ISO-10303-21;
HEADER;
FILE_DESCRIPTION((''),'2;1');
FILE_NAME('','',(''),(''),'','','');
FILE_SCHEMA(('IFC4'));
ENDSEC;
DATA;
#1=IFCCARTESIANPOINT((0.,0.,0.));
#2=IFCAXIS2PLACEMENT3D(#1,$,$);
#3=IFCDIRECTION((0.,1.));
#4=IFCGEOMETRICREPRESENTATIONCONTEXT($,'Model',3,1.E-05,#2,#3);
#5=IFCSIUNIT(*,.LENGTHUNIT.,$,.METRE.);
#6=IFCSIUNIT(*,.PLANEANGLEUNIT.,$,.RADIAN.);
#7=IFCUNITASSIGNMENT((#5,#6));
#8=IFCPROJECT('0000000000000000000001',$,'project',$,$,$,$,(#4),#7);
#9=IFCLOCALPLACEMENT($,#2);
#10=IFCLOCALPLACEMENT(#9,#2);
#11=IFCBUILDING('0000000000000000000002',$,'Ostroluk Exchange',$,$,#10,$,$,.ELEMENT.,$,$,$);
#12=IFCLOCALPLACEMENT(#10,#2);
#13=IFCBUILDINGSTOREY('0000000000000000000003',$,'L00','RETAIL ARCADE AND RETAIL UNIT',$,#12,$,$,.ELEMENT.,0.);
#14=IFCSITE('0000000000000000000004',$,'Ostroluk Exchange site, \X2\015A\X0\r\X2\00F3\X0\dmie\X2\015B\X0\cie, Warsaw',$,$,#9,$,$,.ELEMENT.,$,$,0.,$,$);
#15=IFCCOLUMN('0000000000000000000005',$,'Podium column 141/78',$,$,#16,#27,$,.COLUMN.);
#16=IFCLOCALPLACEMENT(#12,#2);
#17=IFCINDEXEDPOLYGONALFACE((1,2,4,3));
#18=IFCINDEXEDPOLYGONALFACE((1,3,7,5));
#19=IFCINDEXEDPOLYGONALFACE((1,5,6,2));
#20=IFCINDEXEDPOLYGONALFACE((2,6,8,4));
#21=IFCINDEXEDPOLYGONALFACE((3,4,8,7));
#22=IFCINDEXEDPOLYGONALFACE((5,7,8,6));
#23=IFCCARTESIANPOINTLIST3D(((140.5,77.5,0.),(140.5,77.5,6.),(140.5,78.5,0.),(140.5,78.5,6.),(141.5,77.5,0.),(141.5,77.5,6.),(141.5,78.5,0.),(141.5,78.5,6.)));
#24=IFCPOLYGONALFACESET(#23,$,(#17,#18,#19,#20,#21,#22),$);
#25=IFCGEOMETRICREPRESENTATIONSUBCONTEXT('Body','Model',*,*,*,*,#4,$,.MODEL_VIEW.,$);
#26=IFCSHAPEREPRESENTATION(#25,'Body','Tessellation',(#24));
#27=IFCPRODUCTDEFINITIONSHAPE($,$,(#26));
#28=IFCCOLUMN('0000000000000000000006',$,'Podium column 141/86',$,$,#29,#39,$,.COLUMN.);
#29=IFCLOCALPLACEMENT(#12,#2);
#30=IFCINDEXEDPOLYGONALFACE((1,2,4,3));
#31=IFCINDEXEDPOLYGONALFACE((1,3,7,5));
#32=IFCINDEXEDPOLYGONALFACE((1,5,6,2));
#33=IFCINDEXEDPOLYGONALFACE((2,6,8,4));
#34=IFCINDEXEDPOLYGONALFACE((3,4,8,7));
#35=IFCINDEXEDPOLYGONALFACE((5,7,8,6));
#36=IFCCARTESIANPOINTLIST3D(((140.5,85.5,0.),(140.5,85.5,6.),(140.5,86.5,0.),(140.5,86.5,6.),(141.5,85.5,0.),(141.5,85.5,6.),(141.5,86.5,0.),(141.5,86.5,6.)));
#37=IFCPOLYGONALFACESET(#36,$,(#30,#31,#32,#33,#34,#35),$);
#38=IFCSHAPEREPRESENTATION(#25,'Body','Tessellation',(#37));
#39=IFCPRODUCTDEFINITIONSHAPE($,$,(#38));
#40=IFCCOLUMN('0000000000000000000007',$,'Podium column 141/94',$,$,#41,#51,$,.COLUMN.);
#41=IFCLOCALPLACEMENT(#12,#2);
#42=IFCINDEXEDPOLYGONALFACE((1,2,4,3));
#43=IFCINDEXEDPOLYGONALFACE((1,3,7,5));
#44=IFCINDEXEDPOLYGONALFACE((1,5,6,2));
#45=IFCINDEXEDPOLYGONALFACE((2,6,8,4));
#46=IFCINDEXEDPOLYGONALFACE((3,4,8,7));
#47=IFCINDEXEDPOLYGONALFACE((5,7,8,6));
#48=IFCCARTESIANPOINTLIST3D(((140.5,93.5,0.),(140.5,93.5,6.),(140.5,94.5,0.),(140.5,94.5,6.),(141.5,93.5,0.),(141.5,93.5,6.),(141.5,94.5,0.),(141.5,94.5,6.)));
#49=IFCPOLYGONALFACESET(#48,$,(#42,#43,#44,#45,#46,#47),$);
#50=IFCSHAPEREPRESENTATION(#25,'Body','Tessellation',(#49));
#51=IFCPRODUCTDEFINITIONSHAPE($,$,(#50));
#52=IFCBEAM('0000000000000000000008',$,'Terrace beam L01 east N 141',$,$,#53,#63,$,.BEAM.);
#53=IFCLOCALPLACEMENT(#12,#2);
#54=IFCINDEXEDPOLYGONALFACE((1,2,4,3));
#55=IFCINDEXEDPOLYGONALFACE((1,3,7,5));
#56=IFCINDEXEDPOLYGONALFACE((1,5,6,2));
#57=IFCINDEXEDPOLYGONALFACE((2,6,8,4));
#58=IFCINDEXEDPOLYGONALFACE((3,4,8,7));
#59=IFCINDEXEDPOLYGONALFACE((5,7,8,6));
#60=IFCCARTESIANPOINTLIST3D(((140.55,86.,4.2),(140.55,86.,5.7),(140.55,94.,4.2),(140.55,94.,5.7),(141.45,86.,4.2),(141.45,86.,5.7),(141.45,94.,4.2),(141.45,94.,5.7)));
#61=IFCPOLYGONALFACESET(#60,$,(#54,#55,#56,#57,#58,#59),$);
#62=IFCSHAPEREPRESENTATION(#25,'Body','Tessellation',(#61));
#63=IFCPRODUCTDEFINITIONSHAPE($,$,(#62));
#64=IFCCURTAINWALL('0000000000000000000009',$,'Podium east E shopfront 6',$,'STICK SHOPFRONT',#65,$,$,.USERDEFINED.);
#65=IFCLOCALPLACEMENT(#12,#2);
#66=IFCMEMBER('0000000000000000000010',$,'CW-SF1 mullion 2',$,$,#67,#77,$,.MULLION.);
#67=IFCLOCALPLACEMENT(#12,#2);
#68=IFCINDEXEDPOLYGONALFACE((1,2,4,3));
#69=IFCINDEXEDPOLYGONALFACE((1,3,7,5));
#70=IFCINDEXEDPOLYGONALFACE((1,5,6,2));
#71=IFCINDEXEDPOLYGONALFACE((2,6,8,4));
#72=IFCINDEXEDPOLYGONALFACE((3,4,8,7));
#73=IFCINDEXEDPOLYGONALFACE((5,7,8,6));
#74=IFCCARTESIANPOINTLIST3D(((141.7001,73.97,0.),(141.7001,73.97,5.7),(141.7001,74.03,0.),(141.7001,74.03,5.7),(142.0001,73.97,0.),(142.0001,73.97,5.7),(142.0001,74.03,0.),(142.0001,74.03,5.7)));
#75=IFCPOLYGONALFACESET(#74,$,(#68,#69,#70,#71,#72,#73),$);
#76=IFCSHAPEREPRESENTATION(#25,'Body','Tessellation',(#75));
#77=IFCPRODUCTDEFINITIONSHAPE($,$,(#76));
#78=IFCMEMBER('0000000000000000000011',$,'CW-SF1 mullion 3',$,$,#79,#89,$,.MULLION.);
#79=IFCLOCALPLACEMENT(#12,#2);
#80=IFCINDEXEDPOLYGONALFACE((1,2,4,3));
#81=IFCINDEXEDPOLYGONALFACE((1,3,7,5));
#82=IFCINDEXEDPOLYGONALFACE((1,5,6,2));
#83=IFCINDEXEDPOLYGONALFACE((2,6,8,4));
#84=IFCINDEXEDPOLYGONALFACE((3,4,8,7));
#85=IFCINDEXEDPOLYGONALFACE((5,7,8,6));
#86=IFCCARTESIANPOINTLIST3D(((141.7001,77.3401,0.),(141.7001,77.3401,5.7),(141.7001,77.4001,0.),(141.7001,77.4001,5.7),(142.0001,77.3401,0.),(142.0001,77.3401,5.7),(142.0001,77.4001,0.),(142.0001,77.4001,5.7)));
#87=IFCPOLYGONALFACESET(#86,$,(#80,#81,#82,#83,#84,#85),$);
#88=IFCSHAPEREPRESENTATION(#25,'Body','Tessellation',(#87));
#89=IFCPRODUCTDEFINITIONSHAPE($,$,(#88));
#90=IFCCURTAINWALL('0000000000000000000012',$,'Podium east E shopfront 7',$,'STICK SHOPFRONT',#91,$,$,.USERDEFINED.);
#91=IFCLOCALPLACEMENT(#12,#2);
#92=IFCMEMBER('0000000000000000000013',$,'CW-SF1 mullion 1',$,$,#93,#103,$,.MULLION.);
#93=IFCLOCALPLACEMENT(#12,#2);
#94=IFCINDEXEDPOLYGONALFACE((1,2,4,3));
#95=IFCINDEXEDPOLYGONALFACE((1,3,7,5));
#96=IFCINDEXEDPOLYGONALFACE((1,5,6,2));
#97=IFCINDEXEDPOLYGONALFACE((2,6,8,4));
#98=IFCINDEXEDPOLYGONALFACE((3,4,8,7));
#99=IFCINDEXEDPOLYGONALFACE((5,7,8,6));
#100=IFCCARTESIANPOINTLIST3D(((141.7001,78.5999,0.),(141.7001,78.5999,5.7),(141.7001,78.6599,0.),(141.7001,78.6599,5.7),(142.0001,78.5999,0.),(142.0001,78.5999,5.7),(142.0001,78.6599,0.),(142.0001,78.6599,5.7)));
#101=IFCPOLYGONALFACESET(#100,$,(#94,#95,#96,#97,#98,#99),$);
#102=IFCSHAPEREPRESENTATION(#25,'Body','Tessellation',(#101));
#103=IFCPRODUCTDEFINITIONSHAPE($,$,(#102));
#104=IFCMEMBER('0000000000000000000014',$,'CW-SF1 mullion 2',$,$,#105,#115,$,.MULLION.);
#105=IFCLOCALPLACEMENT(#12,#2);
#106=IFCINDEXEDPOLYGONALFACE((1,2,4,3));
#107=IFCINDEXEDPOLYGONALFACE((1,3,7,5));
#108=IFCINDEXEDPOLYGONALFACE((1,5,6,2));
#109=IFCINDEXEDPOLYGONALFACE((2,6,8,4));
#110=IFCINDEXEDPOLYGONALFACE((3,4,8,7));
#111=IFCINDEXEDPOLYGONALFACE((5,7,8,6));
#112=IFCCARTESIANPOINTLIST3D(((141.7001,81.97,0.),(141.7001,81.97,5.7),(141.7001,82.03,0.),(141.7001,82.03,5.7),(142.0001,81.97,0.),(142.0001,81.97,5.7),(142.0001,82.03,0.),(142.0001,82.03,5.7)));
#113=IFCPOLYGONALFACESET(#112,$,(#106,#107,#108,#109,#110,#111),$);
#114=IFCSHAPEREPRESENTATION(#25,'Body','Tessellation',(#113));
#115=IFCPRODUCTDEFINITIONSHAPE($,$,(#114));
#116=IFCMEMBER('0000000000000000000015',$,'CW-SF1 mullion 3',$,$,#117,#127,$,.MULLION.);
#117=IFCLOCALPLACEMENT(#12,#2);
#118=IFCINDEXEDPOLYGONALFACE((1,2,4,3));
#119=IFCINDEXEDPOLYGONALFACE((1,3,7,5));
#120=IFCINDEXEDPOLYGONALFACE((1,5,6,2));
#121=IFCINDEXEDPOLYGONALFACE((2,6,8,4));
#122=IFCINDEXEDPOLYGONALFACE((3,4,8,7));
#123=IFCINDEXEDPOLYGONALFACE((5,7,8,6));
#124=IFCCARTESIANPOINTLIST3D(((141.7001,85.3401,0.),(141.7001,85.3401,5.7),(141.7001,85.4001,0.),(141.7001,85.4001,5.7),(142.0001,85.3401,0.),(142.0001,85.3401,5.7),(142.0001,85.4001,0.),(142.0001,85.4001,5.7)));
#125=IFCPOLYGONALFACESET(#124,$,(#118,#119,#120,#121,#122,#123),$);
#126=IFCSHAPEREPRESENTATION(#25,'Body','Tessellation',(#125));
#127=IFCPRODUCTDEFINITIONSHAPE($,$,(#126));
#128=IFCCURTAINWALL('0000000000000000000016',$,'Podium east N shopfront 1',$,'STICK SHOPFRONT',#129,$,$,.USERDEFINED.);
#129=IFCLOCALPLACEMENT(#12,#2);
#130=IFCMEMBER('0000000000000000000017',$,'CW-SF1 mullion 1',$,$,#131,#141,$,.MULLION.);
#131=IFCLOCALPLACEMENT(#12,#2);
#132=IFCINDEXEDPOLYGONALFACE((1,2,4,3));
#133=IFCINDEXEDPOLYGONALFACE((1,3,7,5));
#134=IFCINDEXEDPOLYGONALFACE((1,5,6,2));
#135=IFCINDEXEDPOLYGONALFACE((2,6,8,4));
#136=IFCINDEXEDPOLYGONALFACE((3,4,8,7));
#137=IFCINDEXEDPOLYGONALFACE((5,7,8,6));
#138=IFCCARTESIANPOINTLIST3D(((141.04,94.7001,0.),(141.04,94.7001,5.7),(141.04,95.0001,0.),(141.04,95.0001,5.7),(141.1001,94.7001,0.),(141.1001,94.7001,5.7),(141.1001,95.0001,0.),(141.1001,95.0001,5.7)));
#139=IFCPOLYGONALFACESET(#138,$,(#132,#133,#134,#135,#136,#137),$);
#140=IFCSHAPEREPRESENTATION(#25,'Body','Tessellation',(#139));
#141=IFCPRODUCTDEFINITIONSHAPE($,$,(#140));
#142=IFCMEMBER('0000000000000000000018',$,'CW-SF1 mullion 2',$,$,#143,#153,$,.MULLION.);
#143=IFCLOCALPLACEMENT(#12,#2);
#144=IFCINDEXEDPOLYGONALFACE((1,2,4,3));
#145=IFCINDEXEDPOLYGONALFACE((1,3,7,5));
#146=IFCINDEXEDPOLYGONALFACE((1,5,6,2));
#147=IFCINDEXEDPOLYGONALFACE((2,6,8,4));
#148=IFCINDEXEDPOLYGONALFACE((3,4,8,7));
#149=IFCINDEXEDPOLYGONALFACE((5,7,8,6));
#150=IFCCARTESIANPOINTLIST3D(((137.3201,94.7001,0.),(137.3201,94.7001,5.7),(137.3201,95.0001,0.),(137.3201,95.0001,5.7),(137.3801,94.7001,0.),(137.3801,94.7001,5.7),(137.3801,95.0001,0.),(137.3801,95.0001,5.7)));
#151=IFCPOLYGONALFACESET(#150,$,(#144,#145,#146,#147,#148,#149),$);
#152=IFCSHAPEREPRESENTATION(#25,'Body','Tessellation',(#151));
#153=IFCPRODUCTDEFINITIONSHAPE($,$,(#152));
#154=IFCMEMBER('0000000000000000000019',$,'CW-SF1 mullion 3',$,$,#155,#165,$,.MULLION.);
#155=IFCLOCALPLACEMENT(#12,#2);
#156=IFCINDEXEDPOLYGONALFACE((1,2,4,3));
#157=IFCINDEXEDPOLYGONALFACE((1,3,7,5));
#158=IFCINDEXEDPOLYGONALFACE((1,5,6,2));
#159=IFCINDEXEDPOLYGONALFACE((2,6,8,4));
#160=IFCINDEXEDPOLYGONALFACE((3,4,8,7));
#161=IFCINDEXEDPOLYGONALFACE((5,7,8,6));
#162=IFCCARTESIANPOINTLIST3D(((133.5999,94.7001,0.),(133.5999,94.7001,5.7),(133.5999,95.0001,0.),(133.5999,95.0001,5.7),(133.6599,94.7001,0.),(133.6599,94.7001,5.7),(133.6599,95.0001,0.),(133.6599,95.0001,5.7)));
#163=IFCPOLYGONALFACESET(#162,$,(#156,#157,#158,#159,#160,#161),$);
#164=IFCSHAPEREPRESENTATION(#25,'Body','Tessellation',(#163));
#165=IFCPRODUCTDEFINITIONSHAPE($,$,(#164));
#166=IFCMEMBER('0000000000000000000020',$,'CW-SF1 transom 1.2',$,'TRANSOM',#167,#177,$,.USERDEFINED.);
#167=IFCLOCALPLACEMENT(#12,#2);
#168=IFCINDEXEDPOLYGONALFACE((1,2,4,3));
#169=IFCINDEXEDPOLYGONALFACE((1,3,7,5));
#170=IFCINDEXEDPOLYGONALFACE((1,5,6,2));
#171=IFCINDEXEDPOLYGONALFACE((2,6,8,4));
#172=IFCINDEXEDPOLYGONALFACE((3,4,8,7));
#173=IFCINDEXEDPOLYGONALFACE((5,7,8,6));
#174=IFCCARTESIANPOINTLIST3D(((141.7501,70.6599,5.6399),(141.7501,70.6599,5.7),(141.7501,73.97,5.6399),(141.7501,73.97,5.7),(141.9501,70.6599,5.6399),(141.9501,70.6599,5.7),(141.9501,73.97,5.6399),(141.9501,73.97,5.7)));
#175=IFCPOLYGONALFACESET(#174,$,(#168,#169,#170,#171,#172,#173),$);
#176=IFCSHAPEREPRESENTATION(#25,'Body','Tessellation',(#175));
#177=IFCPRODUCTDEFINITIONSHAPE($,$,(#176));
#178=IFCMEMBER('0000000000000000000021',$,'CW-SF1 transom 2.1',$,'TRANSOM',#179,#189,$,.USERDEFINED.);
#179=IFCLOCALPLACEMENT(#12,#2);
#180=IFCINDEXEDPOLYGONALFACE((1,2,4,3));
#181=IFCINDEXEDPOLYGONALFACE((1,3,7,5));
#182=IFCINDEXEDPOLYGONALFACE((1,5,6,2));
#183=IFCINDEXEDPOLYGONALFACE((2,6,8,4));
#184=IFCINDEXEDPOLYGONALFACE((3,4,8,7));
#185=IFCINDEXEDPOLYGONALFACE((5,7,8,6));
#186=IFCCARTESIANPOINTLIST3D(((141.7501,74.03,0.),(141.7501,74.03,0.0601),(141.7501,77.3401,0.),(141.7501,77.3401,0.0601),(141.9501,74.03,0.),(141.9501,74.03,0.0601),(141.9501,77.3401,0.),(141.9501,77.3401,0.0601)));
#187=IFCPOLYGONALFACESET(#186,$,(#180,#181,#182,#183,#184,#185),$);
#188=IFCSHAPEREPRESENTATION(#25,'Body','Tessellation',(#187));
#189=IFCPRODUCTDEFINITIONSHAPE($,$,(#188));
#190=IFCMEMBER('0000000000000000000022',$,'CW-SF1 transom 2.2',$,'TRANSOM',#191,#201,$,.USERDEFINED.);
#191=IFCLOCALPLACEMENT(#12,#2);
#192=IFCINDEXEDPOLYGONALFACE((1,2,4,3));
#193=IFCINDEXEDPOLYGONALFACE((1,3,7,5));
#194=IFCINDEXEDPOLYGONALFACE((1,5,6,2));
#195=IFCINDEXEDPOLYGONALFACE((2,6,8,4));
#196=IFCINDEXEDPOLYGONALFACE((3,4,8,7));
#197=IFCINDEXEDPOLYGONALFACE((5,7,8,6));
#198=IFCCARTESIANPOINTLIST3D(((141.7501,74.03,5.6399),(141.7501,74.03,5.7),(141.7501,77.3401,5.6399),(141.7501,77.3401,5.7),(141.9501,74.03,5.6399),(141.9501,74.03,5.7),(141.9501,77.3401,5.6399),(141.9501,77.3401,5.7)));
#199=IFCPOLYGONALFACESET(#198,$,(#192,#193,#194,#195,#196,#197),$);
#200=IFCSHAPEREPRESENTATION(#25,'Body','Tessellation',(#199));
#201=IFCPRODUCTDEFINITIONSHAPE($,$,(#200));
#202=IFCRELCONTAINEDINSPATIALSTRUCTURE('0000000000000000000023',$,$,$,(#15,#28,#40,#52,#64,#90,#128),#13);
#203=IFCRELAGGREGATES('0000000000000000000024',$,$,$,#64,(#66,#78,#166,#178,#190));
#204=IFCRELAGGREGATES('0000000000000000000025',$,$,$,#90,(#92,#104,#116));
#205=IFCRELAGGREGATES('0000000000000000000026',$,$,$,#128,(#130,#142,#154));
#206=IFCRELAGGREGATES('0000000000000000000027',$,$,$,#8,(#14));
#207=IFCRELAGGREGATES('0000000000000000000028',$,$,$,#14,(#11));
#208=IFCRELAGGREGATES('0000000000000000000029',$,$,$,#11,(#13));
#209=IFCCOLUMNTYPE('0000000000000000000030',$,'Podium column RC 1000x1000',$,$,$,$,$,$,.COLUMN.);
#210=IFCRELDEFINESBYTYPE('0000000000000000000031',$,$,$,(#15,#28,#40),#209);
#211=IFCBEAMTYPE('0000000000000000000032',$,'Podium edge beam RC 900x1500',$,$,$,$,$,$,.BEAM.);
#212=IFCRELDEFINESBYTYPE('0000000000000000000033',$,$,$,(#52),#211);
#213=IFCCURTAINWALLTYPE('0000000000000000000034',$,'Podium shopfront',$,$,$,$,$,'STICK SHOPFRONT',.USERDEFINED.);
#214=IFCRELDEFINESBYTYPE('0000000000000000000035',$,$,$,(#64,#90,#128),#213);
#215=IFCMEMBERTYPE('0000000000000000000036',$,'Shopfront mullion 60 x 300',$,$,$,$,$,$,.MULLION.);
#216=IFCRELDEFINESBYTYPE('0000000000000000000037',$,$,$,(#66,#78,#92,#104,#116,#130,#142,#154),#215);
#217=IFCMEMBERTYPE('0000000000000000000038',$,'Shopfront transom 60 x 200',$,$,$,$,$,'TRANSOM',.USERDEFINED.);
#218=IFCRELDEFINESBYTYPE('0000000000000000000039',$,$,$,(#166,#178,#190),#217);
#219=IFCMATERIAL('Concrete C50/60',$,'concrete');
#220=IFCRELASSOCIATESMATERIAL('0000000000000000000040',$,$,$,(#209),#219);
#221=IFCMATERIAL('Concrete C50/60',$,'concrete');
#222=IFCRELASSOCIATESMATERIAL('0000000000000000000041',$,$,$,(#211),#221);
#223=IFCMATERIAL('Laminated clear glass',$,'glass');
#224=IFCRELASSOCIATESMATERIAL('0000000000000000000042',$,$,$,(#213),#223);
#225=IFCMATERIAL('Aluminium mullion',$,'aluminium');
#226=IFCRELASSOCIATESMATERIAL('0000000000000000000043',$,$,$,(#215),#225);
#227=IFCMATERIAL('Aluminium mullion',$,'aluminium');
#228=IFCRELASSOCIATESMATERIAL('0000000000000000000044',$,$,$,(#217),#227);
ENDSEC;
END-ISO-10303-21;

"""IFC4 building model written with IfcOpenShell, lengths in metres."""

from ifc_helpers import new_model, si_unit, direction, frame, origin, origin_2d, place, context, subcontext, project, spatial, rectangle, extrude, material, material_profile, profile_set, type_object, element, aggregate, save


model = new_model("IFC4")

# Units and contexts
model_context = context("Model", 3, precision=1e-05, world=origin(), true_north=direction((0.0, 1.0)))
body_context = subcontext(model_context, "Body", "Model", "MODEL_VIEW")
ifc_project = project(units=[si_unit("LENGTHUNIT", "METRE"), si_unit("PLANEANGLEUNIT", "RADIAN")], contexts=[model_context])

# Site, building, storey
site_placement = place(None, origin())
site = spatial("IfcSite", under=ifc_project, at=site_placement, Name="Ostroluk Exchange site, Śródmieście, Warsaw", CompositionType="ELEMENT", RefElevation=0.0)
building_placement = place(site_placement, origin())
building = spatial("IfcBuilding", under=site, at=building_placement, Name="Ostroluk Exchange", CompositionType="ELEMENT")
storey_placement = place(building_placement, origin())
storey = spatial("IfcBuildingStorey", under=building, at=storey_placement, Name="L00", Description="RETAIL ARCADE AND RETAIL UNIT", CompositionType="ELEMENT", Elevation=0.0)

# Columns
ifc_material_1 = material(Name="Concrete C50/60", Category="concrete")
ifc_material_profile_1 = material_profile(ifc_material_1, rectangle(XDim=1.0, YDim=1.0, at=origin_2d()), Name="RC 1000x1000")
ifc_profile_set_1 = profile_set([ifc_material_profile_1], Name="Concrete C50/60")
column_type = type_object("IfcColumnType", Name="Podium column RC 1000x1000", PredefinedType="COLUMN", material=ifc_profile_set_1)
for number, where, z_axis, x_axis, name in (
    (1, (141.0, 78.0, 0.0), (0.0, 0.0, 1.0), (1.0, 0.0, 0.0), "Podium column 141/78"),
    (2, (141.0, 86.0, 0.0), (0.0, 0.0, 1.0), (1.0, 0.0, 0.0), "Podium column 141/86"),
    (3, (141.0, 94.0, 0.0), (0.0, 0.0, 1.0), (1.0, 0.0, 0.0), "Podium column 141/94"),
):
    element("IfcColumn", number, at=place(storey_placement, frame(where, z_axis=z_axis, x_axis=x_axis)), inside=storey, type_object=column_type, Name=name, PredefinedType="COLUMN", context=body_context, shape_type="SweptSolid", body=[
        extrude(rectangle(XDim=1.0, YDim=1.0, at=origin_2d()), origin(), (0.0, 0.0, 1.0), 6.0),
    ])

# Beam
ifc_material_2 = material(Name="Concrete C50/60", Category="concrete")
ifc_material_profile_2 = material_profile(ifc_material_2, rectangle(XDim=0.8999, YDim=1.5, at=origin_2d()), Name="RC 900x1500")
ifc_profile_set_2 = profile_set([ifc_material_profile_2], Name="Concrete C50/60")
beam_type = type_object("IfcBeamType", Name="Podium edge beam RC 900x1500", PredefinedType="BEAM", material=ifc_profile_set_2)
beam_placement = place(storey_placement, frame((141.0, 94.0, 4.95), z_axis=(0.0, -1.0, 0.0), x_axis=(1.0, 0.0, 0.0)))
element("IfcBeam", 4, at=beam_placement, inside=storey, type_object=beam_type, Name="Terrace beam L01 east N 141", PredefinedType="BEAM", context=body_context, shape_type="SweptSolid", body=[
    extrude(rectangle(XDim=0.8999, YDim=1.5, at=origin_2d()), origin(), (0.0, 0.0, 1.0), 8.0),
])

# Curtain walls, members
ifc_material_3 = material(Name="Laminated clear glass", Category="glass")
curtain_wall_type = type_object("IfcCurtainWallType", Name="Podium shopfront", ElementType="STICK SHOPFRONT", PredefinedType="USERDEFINED", material=ifc_material_3)
curtain_wall_1_placement = place(storey_placement, origin())
curtain_wall_1 = element("IfcCurtainWall", 5, at=curtain_wall_1_placement, inside=storey, type_object=curtain_wall_type, Name="Podium east E shopfront 6", ObjectType="STICK SHOPFRONT", PredefinedType="USERDEFINED")
ifc_material_4 = material(Name="Aluminium mullion", Category="aluminium")
ifc_material_profile_3 = material_profile(ifc_material_4, rectangle(XDim=0.3, YDim=0.0601, at=origin_2d()), Name="Shopfront mullion 60 x 300")
ifc_profile_set_3 = profile_set([ifc_material_profile_3], Name="Aluminium mullion")
member_type_1 = type_object("IfcMemberType", Name="Shopfront mullion 60 x 300", PredefinedType="MULLION", material=ifc_profile_set_3)
member_1_placement = place(storey_placement, frame((141.8501, 74.0, 0.0), z_axis=(0.0, 0.0, 1.0), x_axis=(-1.0, 0.0, 0.0)))
member_1 = element("IfcMember", 6, at=member_1_placement, type_object=member_type_1, Name="CW-SF1 mullion 2", PredefinedType="MULLION", context=body_context, shape_type="SweptSolid", body=[
    extrude(rectangle(XDim=0.3, YDim=0.0601, at=origin_2d()), origin(), (0.0, 0.0, 1.0), 5.7),
])
member_2_placement = place(storey_placement, frame((141.8501, 77.3701, 0.0), z_axis=(0.0, 0.0, 1.0), x_axis=(-1.0, 0.0, 0.0)))
member_2 = element("IfcMember", 7, at=member_2_placement, type_object=member_type_1, Name="CW-SF1 mullion 3", PredefinedType="MULLION", context=body_context, shape_type="SweptSolid", body=[
    extrude(rectangle(XDim=0.3, YDim=0.0601, at=origin_2d()), origin(), (0.0, 0.0, 1.0), 5.7),
])
curtain_wall_2_placement = place(storey_placement, origin())
curtain_wall_2 = element("IfcCurtainWall", 8, at=curtain_wall_2_placement, inside=storey, type_object=curtain_wall_type, Name="Podium east E shopfront 7", ObjectType="STICK SHOPFRONT", PredefinedType="USERDEFINED")
member_3_placement = place(storey_placement, frame((141.8501, 78.6299, 0.0), z_axis=(0.0, 0.0, 1.0), x_axis=(-1.0, 0.0, 0.0)))
member_3 = element("IfcMember", 9, at=member_3_placement, type_object=member_type_1, Name="CW-SF1 mullion 1", PredefinedType="MULLION", context=body_context, shape_type="SweptSolid", body=[
    extrude(rectangle(XDim=0.3, YDim=0.0601, at=origin_2d()), origin(), (0.0, 0.0, 1.0), 5.7),
])
member_4_placement = place(storey_placement, frame((141.8501, 82.0, 0.0), z_axis=(0.0, 0.0, 1.0), x_axis=(-1.0, 0.0, 0.0)))
member_4 = element("IfcMember", 10, at=member_4_placement, type_object=member_type_1, Name="CW-SF1 mullion 2", PredefinedType="MULLION", context=body_context, shape_type="SweptSolid", body=[
    extrude(rectangle(XDim=0.3, YDim=0.0601, at=origin_2d()), origin(), (0.0, 0.0, 1.0), 5.7),
])
member_5_placement = place(storey_placement, frame((141.8501, 85.3701, 0.0), z_axis=(0.0, 0.0, 1.0), x_axis=(-1.0, 0.0, 0.0)))
member_5 = element("IfcMember", 11, at=member_5_placement, type_object=member_type_1, Name="CW-SF1 mullion 3", PredefinedType="MULLION", context=body_context, shape_type="SweptSolid", body=[
    extrude(rectangle(XDim=0.3, YDim=0.0601, at=origin_2d()), origin(), (0.0, 0.0, 1.0), 5.7),
])
curtain_wall_3_placement = place(storey_placement, origin())
curtain_wall_3 = element("IfcCurtainWall", 12, at=curtain_wall_3_placement, inside=storey, type_object=curtain_wall_type, Name="Podium east N shopfront 1", ObjectType="STICK SHOPFRONT", PredefinedType="USERDEFINED")
member_6_placement = place(storey_placement, frame((141.0701, 94.8501, 0.0), z_axis=(0.0, 0.0, 1.0), x_axis=(0.0, -1.0, 0.0)))
member_6 = element("IfcMember", 13, at=member_6_placement, type_object=member_type_1, Name="CW-SF1 mullion 1", PredefinedType="MULLION", context=body_context, shape_type="SweptSolid", body=[
    extrude(rectangle(XDim=0.3, YDim=0.0601, at=origin_2d()), origin(), (0.0, 0.0, 1.0), 5.7),
])
member_7_placement = place(storey_placement, frame((137.3501, 94.8501, 0.0), z_axis=(0.0, 0.0, 1.0), x_axis=(0.0, -1.0, 0.0)))
member_7 = element("IfcMember", 14, at=member_7_placement, type_object=member_type_1, Name="CW-SF1 mullion 2", PredefinedType="MULLION", context=body_context, shape_type="SweptSolid", body=[
    extrude(rectangle(XDim=0.3, YDim=0.0601, at=origin_2d()), origin(), (0.0, 0.0, 1.0), 5.7),
])
member_8_placement = place(storey_placement, frame((133.6299, 94.8501, 0.0), z_axis=(0.0, 0.0, 1.0), x_axis=(0.0, -1.0, 0.0)))
member_8 = element("IfcMember", 15, at=member_8_placement, type_object=member_type_1, Name="CW-SF1 mullion 3", PredefinedType="MULLION", context=body_context, shape_type="SweptSolid", body=[
    extrude(rectangle(XDim=0.3, YDim=0.0601, at=origin_2d()), origin(), (0.0, 0.0, 1.0), 5.7),
])

# Members
ifc_material_5 = material(Name="Aluminium mullion", Category="aluminium")
ifc_material_profile_4 = material_profile(ifc_material_5, rectangle(XDim=0.2, YDim=0.0601, at=origin_2d()), Name="Shopfront transom 60 x 200")
ifc_profile_set_4 = profile_set([ifc_material_profile_4], Name="Aluminium mullion")
member_type_2 = type_object("IfcMemberType", Name="Shopfront transom 60 x 200", ElementType="TRANSOM", PredefinedType="USERDEFINED", material=ifc_profile_set_4)
member_9_placement = place(storey_placement, frame((141.8501, 70.6599, 5.6699), z_axis=(0.0, 1.0, 0.0), x_axis=(-1.0, 0.0, 0.0)))
member_9 = element("IfcMember", 16, at=member_9_placement, type_object=member_type_2, Name="CW-SF1 transom 1.2", ObjectType="TRANSOM", PredefinedType="USERDEFINED", context=body_context, shape_type="SweptSolid", body=[
    extrude(rectangle(XDim=0.2, YDim=0.0601, at=origin_2d()), origin(), (0.0, 0.0, 1.0), 3.3101),
])
member_10_placement = place(storey_placement, frame((141.8501, 74.03, 0.03), z_axis=(0.0, 1.0, 0.0), x_axis=(-1.0, 0.0, 0.0)))
member_10 = element("IfcMember", 17, at=member_10_placement, type_object=member_type_2, Name="CW-SF1 transom 2.1", ObjectType="TRANSOM", PredefinedType="USERDEFINED", context=body_context, shape_type="SweptSolid", body=[
    extrude(rectangle(XDim=0.2, YDim=0.0601, at=origin_2d()), origin(), (0.0, 0.0, 1.0), 3.3101),
])
member_11_placement = place(storey_placement, frame((141.8501, 74.03, 5.6699), z_axis=(0.0, 1.0, 0.0), x_axis=(-1.0, 0.0, 0.0)))
member_11 = element("IfcMember", 18, at=member_11_placement, type_object=member_type_2, Name="CW-SF1 transom 2.2", ObjectType="TRANSOM", PredefinedType="USERDEFINED", context=body_context, shape_type="SweptSolid", body=[
    extrude(rectangle(XDim=0.2, YDim=0.0601, at=origin_2d()), origin(), (0.0, 0.0, 1.0), 3.3101),
])

aggregate(curtain_wall_1, [member_1, member_2, member_9, member_10, member_11])
aggregate(curtain_wall_2, [member_3, member_4, member_5])
aggregate(curtain_wall_3, [member_6, member_7, member_8])

save(model, "model.ifc")
